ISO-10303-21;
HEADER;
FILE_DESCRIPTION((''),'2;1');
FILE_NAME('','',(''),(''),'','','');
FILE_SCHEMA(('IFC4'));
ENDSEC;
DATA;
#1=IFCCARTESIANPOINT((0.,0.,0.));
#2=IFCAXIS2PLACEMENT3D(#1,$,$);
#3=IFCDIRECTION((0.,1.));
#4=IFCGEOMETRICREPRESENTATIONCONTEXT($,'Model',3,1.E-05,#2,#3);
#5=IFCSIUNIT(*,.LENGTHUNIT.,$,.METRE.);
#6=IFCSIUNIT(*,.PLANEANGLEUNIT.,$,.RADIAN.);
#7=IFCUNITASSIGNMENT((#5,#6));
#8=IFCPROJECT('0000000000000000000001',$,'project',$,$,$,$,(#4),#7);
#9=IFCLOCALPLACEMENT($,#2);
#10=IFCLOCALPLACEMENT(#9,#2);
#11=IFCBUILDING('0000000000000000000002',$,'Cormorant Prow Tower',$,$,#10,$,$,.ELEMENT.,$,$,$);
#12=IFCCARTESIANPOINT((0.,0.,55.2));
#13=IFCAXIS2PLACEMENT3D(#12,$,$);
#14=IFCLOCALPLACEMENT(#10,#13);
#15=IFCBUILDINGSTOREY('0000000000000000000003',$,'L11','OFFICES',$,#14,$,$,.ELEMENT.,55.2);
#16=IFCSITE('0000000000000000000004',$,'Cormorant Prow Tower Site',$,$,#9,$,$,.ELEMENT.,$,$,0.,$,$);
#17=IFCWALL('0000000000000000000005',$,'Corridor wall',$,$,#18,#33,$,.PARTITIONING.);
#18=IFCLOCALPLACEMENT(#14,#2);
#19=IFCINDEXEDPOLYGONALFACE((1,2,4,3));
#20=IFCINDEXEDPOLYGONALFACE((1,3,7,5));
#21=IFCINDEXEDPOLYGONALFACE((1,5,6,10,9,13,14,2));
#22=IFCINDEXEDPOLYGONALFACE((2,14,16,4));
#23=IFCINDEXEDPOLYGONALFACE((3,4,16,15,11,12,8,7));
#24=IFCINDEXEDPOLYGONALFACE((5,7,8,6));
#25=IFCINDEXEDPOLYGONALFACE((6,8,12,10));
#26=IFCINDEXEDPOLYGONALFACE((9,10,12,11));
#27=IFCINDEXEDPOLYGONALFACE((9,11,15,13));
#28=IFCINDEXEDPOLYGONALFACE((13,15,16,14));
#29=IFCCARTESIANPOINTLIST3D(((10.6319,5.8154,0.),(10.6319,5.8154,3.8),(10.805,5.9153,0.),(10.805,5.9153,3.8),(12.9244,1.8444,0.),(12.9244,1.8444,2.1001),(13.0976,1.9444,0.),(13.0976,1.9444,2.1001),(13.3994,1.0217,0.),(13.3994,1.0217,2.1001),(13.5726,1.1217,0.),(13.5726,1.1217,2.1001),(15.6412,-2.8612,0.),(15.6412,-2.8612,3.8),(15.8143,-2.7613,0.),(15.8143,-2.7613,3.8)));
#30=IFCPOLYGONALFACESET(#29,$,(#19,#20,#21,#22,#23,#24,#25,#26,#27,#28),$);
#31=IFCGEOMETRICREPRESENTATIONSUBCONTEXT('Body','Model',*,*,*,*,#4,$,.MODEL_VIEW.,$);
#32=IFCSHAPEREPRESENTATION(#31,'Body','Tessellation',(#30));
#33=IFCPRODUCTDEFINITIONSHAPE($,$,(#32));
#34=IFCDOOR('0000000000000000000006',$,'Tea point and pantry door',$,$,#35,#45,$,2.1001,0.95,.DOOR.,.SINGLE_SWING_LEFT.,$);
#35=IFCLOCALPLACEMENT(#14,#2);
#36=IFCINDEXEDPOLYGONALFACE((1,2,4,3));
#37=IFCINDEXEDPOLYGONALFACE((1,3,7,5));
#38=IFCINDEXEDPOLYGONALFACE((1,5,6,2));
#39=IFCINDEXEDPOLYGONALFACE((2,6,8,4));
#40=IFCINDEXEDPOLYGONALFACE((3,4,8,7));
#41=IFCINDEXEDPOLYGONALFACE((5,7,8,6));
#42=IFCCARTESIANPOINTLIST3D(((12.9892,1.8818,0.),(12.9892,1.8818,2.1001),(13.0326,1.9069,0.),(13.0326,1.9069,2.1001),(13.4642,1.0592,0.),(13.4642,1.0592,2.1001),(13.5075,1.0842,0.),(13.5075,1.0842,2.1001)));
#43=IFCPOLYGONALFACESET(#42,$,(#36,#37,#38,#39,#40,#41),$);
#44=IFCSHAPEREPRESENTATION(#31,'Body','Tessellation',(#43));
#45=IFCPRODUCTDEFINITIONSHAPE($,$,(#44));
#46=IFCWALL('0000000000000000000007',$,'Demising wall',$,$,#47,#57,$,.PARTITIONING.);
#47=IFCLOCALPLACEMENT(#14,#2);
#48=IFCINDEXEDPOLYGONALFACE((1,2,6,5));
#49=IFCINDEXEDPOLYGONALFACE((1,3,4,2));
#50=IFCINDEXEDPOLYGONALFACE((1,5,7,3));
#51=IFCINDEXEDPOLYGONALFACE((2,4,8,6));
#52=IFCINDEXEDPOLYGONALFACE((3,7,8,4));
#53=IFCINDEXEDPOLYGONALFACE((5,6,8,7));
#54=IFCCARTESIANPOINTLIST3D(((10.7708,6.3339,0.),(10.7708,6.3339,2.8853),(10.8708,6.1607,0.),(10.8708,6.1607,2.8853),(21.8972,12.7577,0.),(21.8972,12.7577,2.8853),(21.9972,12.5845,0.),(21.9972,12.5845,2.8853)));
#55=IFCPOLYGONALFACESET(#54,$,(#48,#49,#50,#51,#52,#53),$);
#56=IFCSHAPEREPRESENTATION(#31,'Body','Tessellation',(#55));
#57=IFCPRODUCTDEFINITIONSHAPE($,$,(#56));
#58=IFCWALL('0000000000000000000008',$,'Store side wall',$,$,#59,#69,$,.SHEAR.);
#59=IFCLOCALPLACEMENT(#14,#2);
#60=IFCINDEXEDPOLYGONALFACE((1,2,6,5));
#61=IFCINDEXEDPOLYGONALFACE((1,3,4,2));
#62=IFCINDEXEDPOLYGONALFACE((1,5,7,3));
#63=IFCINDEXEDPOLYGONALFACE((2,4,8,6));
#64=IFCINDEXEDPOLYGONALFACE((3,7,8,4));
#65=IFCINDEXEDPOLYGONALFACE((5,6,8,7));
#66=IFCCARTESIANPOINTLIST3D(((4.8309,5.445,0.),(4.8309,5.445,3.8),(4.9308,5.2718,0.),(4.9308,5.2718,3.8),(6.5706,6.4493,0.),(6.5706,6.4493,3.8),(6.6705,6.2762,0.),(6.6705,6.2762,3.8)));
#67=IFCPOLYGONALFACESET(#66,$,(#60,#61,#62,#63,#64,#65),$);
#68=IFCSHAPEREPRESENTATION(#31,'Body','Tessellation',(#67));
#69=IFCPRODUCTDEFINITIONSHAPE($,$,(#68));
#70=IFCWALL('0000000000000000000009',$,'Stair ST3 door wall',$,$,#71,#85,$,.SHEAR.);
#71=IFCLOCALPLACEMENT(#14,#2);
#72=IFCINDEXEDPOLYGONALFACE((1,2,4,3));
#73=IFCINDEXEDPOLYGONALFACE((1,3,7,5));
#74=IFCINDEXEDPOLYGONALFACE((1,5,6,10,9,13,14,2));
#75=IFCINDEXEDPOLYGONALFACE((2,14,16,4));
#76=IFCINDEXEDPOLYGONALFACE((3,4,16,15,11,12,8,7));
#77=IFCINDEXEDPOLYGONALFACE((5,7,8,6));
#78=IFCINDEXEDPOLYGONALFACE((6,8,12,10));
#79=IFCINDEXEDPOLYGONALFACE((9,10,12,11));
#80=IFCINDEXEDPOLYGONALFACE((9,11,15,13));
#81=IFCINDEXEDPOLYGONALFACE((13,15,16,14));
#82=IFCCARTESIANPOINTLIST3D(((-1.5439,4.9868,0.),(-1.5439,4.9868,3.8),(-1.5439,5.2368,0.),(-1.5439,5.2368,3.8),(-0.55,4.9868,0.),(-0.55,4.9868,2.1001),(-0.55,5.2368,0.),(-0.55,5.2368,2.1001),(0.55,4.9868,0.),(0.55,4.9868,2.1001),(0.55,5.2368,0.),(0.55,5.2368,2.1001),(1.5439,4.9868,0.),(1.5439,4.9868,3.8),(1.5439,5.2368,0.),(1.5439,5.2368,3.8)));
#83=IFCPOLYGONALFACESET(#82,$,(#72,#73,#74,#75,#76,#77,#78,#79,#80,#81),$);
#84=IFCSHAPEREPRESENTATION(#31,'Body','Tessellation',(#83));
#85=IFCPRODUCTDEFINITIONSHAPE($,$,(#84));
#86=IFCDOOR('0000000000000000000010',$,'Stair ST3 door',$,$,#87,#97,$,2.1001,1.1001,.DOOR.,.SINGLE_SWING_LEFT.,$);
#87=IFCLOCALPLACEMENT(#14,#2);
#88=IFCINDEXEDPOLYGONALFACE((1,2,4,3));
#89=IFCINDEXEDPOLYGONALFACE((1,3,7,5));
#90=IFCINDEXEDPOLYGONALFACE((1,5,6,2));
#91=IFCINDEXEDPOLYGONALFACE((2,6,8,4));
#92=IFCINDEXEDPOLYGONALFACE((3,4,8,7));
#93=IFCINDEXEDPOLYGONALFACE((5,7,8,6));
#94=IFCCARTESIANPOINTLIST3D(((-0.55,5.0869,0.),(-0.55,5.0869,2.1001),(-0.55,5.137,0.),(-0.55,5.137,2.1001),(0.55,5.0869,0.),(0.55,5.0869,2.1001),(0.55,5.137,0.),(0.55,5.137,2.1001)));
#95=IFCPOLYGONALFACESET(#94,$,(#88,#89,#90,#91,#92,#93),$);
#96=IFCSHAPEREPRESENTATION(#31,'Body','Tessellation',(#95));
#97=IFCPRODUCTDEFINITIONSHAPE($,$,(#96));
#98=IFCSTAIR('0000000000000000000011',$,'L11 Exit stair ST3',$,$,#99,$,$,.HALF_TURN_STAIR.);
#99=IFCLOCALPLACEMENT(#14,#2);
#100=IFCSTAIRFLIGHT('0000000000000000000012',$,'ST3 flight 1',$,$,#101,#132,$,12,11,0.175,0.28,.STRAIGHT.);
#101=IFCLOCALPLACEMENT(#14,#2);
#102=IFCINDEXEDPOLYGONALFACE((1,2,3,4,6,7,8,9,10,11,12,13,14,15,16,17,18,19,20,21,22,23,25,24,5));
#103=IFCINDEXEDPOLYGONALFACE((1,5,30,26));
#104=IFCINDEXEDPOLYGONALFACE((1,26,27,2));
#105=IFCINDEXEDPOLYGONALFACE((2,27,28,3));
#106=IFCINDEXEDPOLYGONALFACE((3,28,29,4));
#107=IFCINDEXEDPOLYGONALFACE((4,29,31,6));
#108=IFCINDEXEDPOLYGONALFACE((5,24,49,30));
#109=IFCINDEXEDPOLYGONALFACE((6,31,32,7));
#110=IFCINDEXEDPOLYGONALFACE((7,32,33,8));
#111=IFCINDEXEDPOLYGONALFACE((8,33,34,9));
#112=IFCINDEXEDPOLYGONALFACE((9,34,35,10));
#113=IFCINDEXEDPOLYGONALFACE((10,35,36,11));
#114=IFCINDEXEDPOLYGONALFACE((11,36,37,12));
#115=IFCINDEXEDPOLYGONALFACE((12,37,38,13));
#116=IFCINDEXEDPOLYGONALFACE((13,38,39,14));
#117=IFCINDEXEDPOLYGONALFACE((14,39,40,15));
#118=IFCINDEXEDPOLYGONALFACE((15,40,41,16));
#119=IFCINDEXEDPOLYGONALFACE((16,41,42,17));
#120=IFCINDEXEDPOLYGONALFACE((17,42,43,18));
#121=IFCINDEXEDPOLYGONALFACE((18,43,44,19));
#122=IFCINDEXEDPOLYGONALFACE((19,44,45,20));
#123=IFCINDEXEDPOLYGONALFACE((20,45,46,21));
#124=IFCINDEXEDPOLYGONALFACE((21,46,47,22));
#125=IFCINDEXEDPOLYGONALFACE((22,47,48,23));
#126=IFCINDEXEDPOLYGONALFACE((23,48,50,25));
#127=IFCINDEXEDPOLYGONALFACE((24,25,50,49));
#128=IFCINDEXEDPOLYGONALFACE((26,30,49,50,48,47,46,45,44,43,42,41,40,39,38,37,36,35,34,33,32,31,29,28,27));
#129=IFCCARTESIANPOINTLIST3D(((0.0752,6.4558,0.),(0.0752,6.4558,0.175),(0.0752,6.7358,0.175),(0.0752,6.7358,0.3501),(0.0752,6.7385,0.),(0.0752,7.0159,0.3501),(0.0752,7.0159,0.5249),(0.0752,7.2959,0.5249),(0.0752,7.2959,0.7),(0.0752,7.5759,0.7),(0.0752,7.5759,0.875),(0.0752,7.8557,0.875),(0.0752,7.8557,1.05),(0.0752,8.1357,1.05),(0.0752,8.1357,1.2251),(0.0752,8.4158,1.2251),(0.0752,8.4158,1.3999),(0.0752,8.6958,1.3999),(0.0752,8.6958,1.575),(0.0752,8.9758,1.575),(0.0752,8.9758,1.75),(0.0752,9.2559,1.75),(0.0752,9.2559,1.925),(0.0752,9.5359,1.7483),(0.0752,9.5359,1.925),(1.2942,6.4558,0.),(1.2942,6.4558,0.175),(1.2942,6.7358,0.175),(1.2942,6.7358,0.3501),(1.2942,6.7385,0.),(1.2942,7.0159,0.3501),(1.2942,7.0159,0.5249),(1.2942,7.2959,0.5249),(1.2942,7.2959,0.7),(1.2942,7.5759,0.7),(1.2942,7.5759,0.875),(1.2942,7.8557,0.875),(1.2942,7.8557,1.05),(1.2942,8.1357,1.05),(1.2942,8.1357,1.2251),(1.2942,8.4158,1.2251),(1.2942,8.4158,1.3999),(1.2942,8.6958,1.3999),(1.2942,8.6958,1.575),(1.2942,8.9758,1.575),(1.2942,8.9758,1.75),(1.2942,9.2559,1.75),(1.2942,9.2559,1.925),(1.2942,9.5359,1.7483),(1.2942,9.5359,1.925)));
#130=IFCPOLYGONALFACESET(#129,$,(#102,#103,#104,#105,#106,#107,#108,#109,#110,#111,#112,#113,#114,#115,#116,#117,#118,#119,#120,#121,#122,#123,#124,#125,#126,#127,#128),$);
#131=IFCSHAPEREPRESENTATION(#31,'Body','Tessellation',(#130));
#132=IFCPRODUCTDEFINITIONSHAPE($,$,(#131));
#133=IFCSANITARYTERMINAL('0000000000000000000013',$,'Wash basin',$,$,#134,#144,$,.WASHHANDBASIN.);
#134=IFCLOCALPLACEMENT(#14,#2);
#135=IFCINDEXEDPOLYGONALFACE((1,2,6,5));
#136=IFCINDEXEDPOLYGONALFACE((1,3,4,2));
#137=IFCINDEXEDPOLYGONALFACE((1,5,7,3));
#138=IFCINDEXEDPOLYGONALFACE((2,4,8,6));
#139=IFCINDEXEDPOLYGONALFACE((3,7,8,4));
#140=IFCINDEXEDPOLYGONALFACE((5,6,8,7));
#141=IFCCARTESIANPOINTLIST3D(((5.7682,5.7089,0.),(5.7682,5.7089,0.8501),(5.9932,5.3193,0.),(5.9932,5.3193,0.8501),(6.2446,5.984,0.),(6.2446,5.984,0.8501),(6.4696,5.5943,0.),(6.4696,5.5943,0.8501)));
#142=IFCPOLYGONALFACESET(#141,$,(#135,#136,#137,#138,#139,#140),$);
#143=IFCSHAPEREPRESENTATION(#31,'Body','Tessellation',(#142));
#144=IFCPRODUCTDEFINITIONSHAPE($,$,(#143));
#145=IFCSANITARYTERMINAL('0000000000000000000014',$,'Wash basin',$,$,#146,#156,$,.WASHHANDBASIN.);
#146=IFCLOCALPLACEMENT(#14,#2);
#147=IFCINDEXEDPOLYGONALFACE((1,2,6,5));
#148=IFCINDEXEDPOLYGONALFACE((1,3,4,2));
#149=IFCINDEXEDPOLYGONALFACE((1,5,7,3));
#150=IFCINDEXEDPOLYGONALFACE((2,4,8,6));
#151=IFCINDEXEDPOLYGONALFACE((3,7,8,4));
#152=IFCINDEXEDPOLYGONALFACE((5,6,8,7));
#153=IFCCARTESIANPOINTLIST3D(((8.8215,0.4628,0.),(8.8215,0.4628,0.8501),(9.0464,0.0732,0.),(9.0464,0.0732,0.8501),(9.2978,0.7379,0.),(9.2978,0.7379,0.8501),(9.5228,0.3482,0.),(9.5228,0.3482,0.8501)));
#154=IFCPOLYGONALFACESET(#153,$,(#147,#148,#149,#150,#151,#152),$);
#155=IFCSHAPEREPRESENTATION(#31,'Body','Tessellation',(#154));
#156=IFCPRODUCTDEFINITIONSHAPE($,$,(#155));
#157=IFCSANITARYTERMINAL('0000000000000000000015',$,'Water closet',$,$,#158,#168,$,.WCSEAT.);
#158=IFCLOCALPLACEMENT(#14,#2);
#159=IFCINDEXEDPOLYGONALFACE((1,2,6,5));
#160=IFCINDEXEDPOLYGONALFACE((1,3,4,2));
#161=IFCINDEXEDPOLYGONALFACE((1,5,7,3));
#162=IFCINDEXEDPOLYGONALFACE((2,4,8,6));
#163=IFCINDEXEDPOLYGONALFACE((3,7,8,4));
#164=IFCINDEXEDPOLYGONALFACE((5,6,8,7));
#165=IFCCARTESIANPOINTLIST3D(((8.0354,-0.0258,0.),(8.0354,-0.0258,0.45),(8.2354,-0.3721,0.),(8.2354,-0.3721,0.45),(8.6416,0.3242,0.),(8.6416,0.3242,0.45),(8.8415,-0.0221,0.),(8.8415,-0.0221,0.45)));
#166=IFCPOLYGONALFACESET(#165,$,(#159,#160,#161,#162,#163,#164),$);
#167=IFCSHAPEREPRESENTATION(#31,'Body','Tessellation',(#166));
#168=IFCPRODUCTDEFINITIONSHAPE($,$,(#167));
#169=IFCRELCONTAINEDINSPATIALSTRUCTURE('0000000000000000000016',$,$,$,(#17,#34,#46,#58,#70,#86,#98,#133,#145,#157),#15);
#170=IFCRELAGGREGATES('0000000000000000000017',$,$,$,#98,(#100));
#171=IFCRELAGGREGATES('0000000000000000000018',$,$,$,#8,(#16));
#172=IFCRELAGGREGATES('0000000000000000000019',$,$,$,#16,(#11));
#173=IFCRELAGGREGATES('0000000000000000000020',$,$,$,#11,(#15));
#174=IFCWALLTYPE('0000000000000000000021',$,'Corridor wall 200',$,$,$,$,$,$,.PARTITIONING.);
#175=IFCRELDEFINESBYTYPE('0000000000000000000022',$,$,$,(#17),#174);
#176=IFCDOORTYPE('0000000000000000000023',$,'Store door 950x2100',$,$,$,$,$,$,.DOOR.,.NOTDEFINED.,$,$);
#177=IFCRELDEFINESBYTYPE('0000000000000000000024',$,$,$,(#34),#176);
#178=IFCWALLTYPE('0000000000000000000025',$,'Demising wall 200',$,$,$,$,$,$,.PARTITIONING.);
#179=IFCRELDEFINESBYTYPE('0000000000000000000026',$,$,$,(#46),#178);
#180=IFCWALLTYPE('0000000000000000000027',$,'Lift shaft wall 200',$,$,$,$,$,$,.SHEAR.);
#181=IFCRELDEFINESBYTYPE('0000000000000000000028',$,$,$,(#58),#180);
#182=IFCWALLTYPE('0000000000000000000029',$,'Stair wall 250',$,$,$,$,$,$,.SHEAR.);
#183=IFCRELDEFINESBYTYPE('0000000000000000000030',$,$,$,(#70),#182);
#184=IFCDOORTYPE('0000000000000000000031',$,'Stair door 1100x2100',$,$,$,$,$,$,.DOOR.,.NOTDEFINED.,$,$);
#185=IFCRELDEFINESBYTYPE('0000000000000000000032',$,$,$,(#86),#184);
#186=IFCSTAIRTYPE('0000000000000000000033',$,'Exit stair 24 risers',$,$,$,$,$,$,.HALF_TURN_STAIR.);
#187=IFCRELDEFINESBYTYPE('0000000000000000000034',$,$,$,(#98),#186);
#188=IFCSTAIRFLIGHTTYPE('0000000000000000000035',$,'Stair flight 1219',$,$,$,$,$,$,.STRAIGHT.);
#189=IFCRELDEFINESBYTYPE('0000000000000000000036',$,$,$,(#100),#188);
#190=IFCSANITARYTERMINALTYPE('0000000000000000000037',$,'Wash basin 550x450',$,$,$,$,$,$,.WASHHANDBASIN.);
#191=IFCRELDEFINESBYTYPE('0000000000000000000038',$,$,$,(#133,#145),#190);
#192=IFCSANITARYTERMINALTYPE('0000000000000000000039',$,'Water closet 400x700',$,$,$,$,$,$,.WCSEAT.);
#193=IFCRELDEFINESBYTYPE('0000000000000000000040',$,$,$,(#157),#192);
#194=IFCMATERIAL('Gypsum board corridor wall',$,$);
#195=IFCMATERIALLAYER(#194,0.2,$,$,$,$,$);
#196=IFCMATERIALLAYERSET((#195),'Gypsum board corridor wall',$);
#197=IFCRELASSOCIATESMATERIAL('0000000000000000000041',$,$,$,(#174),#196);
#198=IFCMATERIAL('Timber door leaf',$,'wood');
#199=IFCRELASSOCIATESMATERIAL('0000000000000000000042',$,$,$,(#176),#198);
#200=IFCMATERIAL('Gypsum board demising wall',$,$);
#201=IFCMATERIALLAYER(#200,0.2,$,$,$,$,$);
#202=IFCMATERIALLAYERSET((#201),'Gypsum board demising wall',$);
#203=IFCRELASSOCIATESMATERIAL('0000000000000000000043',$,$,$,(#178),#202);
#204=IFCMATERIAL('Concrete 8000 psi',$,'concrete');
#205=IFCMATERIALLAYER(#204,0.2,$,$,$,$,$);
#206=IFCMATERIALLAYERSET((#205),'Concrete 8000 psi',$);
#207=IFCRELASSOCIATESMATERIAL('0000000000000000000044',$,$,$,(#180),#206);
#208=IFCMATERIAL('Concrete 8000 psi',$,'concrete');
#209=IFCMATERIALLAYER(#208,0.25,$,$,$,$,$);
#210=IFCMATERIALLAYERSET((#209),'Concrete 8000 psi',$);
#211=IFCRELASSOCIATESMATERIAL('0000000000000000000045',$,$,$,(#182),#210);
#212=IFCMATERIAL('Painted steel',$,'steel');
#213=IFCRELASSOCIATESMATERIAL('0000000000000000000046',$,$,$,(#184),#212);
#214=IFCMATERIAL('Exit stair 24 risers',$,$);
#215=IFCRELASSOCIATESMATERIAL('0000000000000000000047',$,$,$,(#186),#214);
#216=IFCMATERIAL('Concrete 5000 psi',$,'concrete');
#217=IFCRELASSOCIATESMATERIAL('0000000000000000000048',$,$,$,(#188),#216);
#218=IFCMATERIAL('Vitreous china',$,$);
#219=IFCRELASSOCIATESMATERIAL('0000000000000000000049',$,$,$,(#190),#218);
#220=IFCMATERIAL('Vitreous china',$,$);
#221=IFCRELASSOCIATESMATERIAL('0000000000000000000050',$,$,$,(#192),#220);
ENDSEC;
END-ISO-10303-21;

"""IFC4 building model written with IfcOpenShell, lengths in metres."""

from ifc_helpers import new_model, si_unit, direction, frame, frame_2d, origin, origin_2d, place, context, subcontext, project, spatial, polyline, rectangle, outline, extrude, material, layer, layer_set, type_object, element, fill, aggregate, save


model = new_model("IFC4")

# Units and contexts
model_context = context("Model", 3, precision=1e-05, world=origin(), true_north=direction((0.0, 1.0)))
body_context = subcontext(model_context, "Body", "Model", "MODEL_VIEW")
ifc_project = project(units=[si_unit("LENGTHUNIT", "METRE"), si_unit("PLANEANGLEUNIT", "RADIAN")], contexts=[model_context])

# Site, building, storey
site_placement = place(None, origin())
site = spatial("IfcSite", under=ifc_project, at=site_placement, Name="Cormorant Prow Tower Site", CompositionType="ELEMENT", RefElevation=0.0)
building_placement = place(site_placement, origin())
building = spatial("IfcBuilding", under=site, at=building_placement, Name="Cormorant Prow Tower", CompositionType="ELEMENT")
storey_placement = place(building_placement, frame((0.0, 0.0, 55.2)))
storey = spatial("IfcBuildingStorey", under=building, at=storey_placement, Name="L11", Description="OFFICES", CompositionType="ELEMENT", Elevation=55.2)

# Wall, opening, door
ifc_material_1 = material(Name="Gypsum board corridor wall")
ifc_layer_1 = layer(ifc_material_1, 0.2)
ifc_layer_set_1 = layer_set([ifc_layer_1], Name="Gypsum board corridor wall")
wall_type_1 = type_object("IfcWallType", Name="Corridor wall 200", PredefinedType="PARTITIONING", material=ifc_layer_set_1)
wall_1_placement = place(storey_placement, frame((10.7185, 5.8652, 0.0), z_axis=(0.0, 0.0, 1.0), x_axis=(0.499992, -0.86603, 0.0)))
wall_1 = element("IfcWall", 1, at=wall_1_placement, inside=storey, type_object=wall_type_1, Name="Corridor wall", PredefinedType="PARTITIONING", context=body_context, shape_type="SweptSolid", body=[
    extrude(rectangle(XDim=10.0188, YDim=0.2, at=frame_2d((5.0093, 0.0))), origin(), (0.0, 0.0, 1.0), 3.8),
])
opening_1_placement = place(wall_1_placement, frame((4.585, 0.0, 0.0)))
opening_1 = element("IfcOpeningElement", 2, at=opening_1_placement, cuts=wall_1, PredefinedType="OPENING", context=body_context, shape_type="SweptSolid", body=[
    extrude(rectangle(XDim=0.95, YDim=2.1001, at=frame_2d((0.4751, 1.05))), frame((0.0, 0.1099, 0.0), z_axis=(0.0, -1.0, 0.0), x_axis=(1.0, 0.0, 0.0)), (0.0, 0.0, 1.0), 0.22),
])
ifc_material_2 = material(Name="Timber door leaf", Category="wood")
door_type_1 = type_object("IfcDoorType", Name="Store door 950x2100", OperationType="NOTDEFINED", PredefinedType="DOOR", material=ifc_material_2)
door_1_placement = place(opening_1_placement, origin())
door_1 = element("IfcDoor", 3, at=door_1_placement, inside=storey, type_object=door_type_1, Name="Tea point and pantry door", OperationType="SINGLE_SWING_LEFT", OverallHeight=2.1001, OverallWidth=0.95, PredefinedType="DOOR", context=body_context, shape_type="SweptSolid", body=[
    extrude(rectangle(XDim=0.95, YDim=2.1001, at=frame_2d((0.4751, 1.05))), frame((0.0, 0.0249, 0.0), z_axis=(0.0, -1.0, 0.0), x_axis=(1.0, 0.0, 0.0)), (0.0, 0.0, 1.0), 0.05),
])
fill(opening_1, door_1)

# Walls
ifc_material_3 = material(Name="Gypsum board demising wall")
ifc_layer_2 = layer(ifc_material_3, 0.2)
ifc_layer_set_2 = layer_set([ifc_layer_2], Name="Gypsum board demising wall")
wall_type_2 = type_object("IfcWallType", Name="Demising wall 200", PredefinedType="PARTITIONING", material=ifc_layer_set_2)
wall_2_placement = place(storey_placement, frame((10.8208, 6.2473, 0.0), z_axis=(0.0, 0.0, 1.0), x_axis=(0.866027, 0.499998, 0.0)))
element("IfcWall", 4, at=wall_2_placement, inside=storey, type_object=wall_type_2, Name="Demising wall", PredefinedType="PARTITIONING", context=body_context, shape_type="SweptSolid", body=[
    extrude(rectangle(XDim=12.8477, YDim=0.2, at=frame_2d((6.4238, 0.0))), origin(), (0.0, 0.0, 1.0), 2.8853),
])
ifc_material_4 = material(Name="Concrete 8000 psi", Category="concrete")
ifc_layer_3 = layer(ifc_material_4, 0.2)
ifc_layer_set_3 = layer_set([ifc_layer_3], Name="Concrete 8000 psi")
wall_type_3 = type_object("IfcWallType", Name="Lift shaft wall 200", PredefinedType="SHEAR", material=ifc_layer_set_3)
wall_3_placement = place(storey_placement, frame((4.8809, 5.3584, 0.0), z_axis=(0.0, 0.0, 1.0), x_axis=(0.866036, 0.499982, 0.0)))
element("IfcWall", 5, at=wall_3_placement, inside=storey, type_object=wall_type_3, Name="Store side wall", PredefinedType="SHEAR", context=body_context, shape_type="SweptSolid", body=[
    extrude(rectangle(XDim=2.0088, YDim=0.2, at=frame_2d((1.0044, 0.0))), origin(), (0.0, 0.0, 1.0), 3.8),
])

# Wall, opening, door
ifc_material_5 = material(Name="Concrete 8000 psi", Category="concrete")
ifc_layer_4 = layer(ifc_material_5, 0.25)
ifc_layer_set_4 = layer_set([ifc_layer_4], Name="Concrete 8000 psi")
wall_type_4 = type_object("IfcWallType", Name="Stair wall 250", PredefinedType="SHEAR", material=ifc_layer_set_4)
wall_4_placement = place(storey_placement, frame((1.5439, 5.1118, 0.0), z_axis=(0.0, 0.0, 1.0), x_axis=(-1.0, 0.0, 0.0)))
wall_4 = element("IfcWall", 6, at=wall_4_placement, inside=storey, type_object=wall_type_4, Name="Stair ST3 door wall", PredefinedType="SHEAR", context=body_context, shape_type="SweptSolid", body=[
    extrude(rectangle(XDim=3.0879, YDim=0.25, at=frame_2d((1.5439, 0.0))), origin(), (0.0, 0.0, 1.0), 3.8),
])
opening_2_placement = place(wall_4_placement, frame((0.9939, 0.0, 0.0)))
opening_2 = element("IfcOpeningElement", 7, at=opening_2_placement, cuts=wall_4, PredefinedType="OPENING", context=body_context, shape_type="SweptSolid", body=[
    extrude(rectangle(XDim=1.1001, YDim=2.1001, at=frame_2d((0.55, 1.05))), frame((0.0, 0.135, 0.0), z_axis=(0.0, -1.0, 0.0), x_axis=(1.0, 0.0, 0.0)), (0.0, 0.0, 1.0), 0.27),
])
ifc_material_6 = material(Name="Painted steel", Category="steel")
door_type_2 = type_object("IfcDoorType", Name="Stair door 1100x2100", OperationType="NOTDEFINED", PredefinedType="DOOR", material=ifc_material_6)
door_2_placement = place(opening_2_placement, origin())
door_2 = element("IfcDoor", 8, at=door_2_placement, inside=storey, type_object=door_type_2, Name="Stair ST3 door", OperationType="SINGLE_SWING_LEFT", OverallHeight=2.1001, OverallWidth=1.1001, PredefinedType="DOOR", context=body_context, shape_type="SweptSolid", body=[
    extrude(rectangle(XDim=1.1001, YDim=2.1001, at=frame_2d((0.55, 1.05))), frame((0.0, 0.0249, 0.0), z_axis=(0.0, -1.0, 0.0), x_axis=(1.0, 0.0, 0.0)), (0.0, 0.0, 1.0), 0.05),
])
fill(opening_2, door_2)

# Stair, stair flight
ifc_material_7 = material(Name="Exit stair 24 risers")
stair_type = type_object("IfcStairType", Name="Exit stair 24 risers", PredefinedType="HALF_TURN_STAIR", material=ifc_material_7)
stair_placement = place(storey_placement, origin())
stair = element("IfcStair", 9, at=stair_placement, inside=storey, type_object=stair_type, Name="L11 Exit stair ST3", PredefinedType="HALF_TURN_STAIR")
ifc_material_8 = material(Name="Concrete 5000 psi", Category="concrete")
stair_flight_type = type_object("IfcStairFlightType", Name="Stair flight 1219", PredefinedType="STRAIGHT", material=ifc_material_8)
stair_flight_placement = place(storey_placement, frame((0.6846, 6.4558, 0.0), z_axis=(0.0, 0.0, 1.0), x_axis=(0.0, 1.0, 0.0)))
stair_flight = element("IfcStairFlight", 10, at=stair_flight_placement, type_object=stair_flight_type, Name="ST3 flight 1", NumberOfRisers=12, NumberOfTreads=11, PredefinedType="STRAIGHT", RiserHeight=0.175, TreadLength=0.28, context=body_context, shape_type="SweptSolid", body=[
    extrude(outline(polyline([(0.0, 0.0), (0.0, 0.175), (0.28, 0.175), (0.28, 0.3501), (0.5601, 0.3501), (0.5601, 0.5249), (0.8401, 0.5249), (0.8401, 0.7), (1.1201, 0.7), (1.1201, 0.875), (1.3999, 0.875), (1.3999, 1.05), (1.6799, 1.05), (1.6799, 1.2251), (1.96, 1.2251), (1.96, 1.3999), (2.24, 1.3999), (2.24, 1.575), (2.52, 1.575), (2.52, 1.75), (2.8, 1.75), (2.8, 1.925), (3.0801, 1.925), (3.0801, 2.1001), (3.0801, 1.7483), (0.2827, 0.0), (0.0, 0.0)])), frame((0.0, 0.6094, 0.0), z_axis=(0.0, -1.0, 0.0), x_axis=(1.0, 0.0, 0.0)), (0.0, 0.0, 1.0), 1.219),
])
aggregate(stair, [stair_flight])

# Sanitary terminals
ifc_material_9 = material(Name="Vitreous china")
sanitary_terminal_type_1 = type_object("IfcSanitaryTerminalType", Name="Wash basin 550x450", PredefinedType="WASHHANDBASIN", material=ifc_material_9)
for number, where, z_axis, x_axis, name in (
    (11, (6.1189, 5.6516, 0.0), (0.0, 0.0, 1.0), (-0.866043, -0.49997, 0.0), "Wash basin"),
    (12, (9.1721, 0.4055, 0.0), (0.0, 0.0, 1.0), (0.866017, 0.500015, 0.0), "Wash basin"),
):
    element("IfcSanitaryTerminal", number, at=place(storey_placement, frame(where, z_axis=z_axis, x_axis=x_axis)), inside=storey, type_object=sanitary_terminal_type_1, Name=name, PredefinedType="WASHHANDBASIN", context=body_context, shape_type="SweptSolid", body=[
        extrude(rectangle(XDim=0.55, YDim=0.45, at=origin_2d()), origin(), (0.0, 0.0, 1.0), 0.8501),
    ])
ifc_material_10 = material(Name="Vitreous china")
sanitary_terminal_type_2 = type_object("IfcSanitaryTerminalType", Name="Water closet 400x700", PredefinedType="WCSEAT", material=ifc_material_10)
for number, where, z_axis, x_axis, name in (
    (13, (8.4385, -0.0239, 0.0), (0.0, 0.0, 1.0), (0.5, -0.866025, 0.0), "Water closet"),
):
    element("IfcSanitaryTerminal", number, at=place(storey_placement, frame(where, z_axis=z_axis, x_axis=x_axis)), inside=storey, type_object=sanitary_terminal_type_2, Name=name, PredefinedType="WCSEAT", context=body_context, shape_type="SweptSolid", body=[
        extrude(rectangle(XDim=0.3999, YDim=0.7, at=origin_2d()), origin(), (0.0, 0.0, 1.0), 0.45),
    ])

save(model, "model.ifc")
